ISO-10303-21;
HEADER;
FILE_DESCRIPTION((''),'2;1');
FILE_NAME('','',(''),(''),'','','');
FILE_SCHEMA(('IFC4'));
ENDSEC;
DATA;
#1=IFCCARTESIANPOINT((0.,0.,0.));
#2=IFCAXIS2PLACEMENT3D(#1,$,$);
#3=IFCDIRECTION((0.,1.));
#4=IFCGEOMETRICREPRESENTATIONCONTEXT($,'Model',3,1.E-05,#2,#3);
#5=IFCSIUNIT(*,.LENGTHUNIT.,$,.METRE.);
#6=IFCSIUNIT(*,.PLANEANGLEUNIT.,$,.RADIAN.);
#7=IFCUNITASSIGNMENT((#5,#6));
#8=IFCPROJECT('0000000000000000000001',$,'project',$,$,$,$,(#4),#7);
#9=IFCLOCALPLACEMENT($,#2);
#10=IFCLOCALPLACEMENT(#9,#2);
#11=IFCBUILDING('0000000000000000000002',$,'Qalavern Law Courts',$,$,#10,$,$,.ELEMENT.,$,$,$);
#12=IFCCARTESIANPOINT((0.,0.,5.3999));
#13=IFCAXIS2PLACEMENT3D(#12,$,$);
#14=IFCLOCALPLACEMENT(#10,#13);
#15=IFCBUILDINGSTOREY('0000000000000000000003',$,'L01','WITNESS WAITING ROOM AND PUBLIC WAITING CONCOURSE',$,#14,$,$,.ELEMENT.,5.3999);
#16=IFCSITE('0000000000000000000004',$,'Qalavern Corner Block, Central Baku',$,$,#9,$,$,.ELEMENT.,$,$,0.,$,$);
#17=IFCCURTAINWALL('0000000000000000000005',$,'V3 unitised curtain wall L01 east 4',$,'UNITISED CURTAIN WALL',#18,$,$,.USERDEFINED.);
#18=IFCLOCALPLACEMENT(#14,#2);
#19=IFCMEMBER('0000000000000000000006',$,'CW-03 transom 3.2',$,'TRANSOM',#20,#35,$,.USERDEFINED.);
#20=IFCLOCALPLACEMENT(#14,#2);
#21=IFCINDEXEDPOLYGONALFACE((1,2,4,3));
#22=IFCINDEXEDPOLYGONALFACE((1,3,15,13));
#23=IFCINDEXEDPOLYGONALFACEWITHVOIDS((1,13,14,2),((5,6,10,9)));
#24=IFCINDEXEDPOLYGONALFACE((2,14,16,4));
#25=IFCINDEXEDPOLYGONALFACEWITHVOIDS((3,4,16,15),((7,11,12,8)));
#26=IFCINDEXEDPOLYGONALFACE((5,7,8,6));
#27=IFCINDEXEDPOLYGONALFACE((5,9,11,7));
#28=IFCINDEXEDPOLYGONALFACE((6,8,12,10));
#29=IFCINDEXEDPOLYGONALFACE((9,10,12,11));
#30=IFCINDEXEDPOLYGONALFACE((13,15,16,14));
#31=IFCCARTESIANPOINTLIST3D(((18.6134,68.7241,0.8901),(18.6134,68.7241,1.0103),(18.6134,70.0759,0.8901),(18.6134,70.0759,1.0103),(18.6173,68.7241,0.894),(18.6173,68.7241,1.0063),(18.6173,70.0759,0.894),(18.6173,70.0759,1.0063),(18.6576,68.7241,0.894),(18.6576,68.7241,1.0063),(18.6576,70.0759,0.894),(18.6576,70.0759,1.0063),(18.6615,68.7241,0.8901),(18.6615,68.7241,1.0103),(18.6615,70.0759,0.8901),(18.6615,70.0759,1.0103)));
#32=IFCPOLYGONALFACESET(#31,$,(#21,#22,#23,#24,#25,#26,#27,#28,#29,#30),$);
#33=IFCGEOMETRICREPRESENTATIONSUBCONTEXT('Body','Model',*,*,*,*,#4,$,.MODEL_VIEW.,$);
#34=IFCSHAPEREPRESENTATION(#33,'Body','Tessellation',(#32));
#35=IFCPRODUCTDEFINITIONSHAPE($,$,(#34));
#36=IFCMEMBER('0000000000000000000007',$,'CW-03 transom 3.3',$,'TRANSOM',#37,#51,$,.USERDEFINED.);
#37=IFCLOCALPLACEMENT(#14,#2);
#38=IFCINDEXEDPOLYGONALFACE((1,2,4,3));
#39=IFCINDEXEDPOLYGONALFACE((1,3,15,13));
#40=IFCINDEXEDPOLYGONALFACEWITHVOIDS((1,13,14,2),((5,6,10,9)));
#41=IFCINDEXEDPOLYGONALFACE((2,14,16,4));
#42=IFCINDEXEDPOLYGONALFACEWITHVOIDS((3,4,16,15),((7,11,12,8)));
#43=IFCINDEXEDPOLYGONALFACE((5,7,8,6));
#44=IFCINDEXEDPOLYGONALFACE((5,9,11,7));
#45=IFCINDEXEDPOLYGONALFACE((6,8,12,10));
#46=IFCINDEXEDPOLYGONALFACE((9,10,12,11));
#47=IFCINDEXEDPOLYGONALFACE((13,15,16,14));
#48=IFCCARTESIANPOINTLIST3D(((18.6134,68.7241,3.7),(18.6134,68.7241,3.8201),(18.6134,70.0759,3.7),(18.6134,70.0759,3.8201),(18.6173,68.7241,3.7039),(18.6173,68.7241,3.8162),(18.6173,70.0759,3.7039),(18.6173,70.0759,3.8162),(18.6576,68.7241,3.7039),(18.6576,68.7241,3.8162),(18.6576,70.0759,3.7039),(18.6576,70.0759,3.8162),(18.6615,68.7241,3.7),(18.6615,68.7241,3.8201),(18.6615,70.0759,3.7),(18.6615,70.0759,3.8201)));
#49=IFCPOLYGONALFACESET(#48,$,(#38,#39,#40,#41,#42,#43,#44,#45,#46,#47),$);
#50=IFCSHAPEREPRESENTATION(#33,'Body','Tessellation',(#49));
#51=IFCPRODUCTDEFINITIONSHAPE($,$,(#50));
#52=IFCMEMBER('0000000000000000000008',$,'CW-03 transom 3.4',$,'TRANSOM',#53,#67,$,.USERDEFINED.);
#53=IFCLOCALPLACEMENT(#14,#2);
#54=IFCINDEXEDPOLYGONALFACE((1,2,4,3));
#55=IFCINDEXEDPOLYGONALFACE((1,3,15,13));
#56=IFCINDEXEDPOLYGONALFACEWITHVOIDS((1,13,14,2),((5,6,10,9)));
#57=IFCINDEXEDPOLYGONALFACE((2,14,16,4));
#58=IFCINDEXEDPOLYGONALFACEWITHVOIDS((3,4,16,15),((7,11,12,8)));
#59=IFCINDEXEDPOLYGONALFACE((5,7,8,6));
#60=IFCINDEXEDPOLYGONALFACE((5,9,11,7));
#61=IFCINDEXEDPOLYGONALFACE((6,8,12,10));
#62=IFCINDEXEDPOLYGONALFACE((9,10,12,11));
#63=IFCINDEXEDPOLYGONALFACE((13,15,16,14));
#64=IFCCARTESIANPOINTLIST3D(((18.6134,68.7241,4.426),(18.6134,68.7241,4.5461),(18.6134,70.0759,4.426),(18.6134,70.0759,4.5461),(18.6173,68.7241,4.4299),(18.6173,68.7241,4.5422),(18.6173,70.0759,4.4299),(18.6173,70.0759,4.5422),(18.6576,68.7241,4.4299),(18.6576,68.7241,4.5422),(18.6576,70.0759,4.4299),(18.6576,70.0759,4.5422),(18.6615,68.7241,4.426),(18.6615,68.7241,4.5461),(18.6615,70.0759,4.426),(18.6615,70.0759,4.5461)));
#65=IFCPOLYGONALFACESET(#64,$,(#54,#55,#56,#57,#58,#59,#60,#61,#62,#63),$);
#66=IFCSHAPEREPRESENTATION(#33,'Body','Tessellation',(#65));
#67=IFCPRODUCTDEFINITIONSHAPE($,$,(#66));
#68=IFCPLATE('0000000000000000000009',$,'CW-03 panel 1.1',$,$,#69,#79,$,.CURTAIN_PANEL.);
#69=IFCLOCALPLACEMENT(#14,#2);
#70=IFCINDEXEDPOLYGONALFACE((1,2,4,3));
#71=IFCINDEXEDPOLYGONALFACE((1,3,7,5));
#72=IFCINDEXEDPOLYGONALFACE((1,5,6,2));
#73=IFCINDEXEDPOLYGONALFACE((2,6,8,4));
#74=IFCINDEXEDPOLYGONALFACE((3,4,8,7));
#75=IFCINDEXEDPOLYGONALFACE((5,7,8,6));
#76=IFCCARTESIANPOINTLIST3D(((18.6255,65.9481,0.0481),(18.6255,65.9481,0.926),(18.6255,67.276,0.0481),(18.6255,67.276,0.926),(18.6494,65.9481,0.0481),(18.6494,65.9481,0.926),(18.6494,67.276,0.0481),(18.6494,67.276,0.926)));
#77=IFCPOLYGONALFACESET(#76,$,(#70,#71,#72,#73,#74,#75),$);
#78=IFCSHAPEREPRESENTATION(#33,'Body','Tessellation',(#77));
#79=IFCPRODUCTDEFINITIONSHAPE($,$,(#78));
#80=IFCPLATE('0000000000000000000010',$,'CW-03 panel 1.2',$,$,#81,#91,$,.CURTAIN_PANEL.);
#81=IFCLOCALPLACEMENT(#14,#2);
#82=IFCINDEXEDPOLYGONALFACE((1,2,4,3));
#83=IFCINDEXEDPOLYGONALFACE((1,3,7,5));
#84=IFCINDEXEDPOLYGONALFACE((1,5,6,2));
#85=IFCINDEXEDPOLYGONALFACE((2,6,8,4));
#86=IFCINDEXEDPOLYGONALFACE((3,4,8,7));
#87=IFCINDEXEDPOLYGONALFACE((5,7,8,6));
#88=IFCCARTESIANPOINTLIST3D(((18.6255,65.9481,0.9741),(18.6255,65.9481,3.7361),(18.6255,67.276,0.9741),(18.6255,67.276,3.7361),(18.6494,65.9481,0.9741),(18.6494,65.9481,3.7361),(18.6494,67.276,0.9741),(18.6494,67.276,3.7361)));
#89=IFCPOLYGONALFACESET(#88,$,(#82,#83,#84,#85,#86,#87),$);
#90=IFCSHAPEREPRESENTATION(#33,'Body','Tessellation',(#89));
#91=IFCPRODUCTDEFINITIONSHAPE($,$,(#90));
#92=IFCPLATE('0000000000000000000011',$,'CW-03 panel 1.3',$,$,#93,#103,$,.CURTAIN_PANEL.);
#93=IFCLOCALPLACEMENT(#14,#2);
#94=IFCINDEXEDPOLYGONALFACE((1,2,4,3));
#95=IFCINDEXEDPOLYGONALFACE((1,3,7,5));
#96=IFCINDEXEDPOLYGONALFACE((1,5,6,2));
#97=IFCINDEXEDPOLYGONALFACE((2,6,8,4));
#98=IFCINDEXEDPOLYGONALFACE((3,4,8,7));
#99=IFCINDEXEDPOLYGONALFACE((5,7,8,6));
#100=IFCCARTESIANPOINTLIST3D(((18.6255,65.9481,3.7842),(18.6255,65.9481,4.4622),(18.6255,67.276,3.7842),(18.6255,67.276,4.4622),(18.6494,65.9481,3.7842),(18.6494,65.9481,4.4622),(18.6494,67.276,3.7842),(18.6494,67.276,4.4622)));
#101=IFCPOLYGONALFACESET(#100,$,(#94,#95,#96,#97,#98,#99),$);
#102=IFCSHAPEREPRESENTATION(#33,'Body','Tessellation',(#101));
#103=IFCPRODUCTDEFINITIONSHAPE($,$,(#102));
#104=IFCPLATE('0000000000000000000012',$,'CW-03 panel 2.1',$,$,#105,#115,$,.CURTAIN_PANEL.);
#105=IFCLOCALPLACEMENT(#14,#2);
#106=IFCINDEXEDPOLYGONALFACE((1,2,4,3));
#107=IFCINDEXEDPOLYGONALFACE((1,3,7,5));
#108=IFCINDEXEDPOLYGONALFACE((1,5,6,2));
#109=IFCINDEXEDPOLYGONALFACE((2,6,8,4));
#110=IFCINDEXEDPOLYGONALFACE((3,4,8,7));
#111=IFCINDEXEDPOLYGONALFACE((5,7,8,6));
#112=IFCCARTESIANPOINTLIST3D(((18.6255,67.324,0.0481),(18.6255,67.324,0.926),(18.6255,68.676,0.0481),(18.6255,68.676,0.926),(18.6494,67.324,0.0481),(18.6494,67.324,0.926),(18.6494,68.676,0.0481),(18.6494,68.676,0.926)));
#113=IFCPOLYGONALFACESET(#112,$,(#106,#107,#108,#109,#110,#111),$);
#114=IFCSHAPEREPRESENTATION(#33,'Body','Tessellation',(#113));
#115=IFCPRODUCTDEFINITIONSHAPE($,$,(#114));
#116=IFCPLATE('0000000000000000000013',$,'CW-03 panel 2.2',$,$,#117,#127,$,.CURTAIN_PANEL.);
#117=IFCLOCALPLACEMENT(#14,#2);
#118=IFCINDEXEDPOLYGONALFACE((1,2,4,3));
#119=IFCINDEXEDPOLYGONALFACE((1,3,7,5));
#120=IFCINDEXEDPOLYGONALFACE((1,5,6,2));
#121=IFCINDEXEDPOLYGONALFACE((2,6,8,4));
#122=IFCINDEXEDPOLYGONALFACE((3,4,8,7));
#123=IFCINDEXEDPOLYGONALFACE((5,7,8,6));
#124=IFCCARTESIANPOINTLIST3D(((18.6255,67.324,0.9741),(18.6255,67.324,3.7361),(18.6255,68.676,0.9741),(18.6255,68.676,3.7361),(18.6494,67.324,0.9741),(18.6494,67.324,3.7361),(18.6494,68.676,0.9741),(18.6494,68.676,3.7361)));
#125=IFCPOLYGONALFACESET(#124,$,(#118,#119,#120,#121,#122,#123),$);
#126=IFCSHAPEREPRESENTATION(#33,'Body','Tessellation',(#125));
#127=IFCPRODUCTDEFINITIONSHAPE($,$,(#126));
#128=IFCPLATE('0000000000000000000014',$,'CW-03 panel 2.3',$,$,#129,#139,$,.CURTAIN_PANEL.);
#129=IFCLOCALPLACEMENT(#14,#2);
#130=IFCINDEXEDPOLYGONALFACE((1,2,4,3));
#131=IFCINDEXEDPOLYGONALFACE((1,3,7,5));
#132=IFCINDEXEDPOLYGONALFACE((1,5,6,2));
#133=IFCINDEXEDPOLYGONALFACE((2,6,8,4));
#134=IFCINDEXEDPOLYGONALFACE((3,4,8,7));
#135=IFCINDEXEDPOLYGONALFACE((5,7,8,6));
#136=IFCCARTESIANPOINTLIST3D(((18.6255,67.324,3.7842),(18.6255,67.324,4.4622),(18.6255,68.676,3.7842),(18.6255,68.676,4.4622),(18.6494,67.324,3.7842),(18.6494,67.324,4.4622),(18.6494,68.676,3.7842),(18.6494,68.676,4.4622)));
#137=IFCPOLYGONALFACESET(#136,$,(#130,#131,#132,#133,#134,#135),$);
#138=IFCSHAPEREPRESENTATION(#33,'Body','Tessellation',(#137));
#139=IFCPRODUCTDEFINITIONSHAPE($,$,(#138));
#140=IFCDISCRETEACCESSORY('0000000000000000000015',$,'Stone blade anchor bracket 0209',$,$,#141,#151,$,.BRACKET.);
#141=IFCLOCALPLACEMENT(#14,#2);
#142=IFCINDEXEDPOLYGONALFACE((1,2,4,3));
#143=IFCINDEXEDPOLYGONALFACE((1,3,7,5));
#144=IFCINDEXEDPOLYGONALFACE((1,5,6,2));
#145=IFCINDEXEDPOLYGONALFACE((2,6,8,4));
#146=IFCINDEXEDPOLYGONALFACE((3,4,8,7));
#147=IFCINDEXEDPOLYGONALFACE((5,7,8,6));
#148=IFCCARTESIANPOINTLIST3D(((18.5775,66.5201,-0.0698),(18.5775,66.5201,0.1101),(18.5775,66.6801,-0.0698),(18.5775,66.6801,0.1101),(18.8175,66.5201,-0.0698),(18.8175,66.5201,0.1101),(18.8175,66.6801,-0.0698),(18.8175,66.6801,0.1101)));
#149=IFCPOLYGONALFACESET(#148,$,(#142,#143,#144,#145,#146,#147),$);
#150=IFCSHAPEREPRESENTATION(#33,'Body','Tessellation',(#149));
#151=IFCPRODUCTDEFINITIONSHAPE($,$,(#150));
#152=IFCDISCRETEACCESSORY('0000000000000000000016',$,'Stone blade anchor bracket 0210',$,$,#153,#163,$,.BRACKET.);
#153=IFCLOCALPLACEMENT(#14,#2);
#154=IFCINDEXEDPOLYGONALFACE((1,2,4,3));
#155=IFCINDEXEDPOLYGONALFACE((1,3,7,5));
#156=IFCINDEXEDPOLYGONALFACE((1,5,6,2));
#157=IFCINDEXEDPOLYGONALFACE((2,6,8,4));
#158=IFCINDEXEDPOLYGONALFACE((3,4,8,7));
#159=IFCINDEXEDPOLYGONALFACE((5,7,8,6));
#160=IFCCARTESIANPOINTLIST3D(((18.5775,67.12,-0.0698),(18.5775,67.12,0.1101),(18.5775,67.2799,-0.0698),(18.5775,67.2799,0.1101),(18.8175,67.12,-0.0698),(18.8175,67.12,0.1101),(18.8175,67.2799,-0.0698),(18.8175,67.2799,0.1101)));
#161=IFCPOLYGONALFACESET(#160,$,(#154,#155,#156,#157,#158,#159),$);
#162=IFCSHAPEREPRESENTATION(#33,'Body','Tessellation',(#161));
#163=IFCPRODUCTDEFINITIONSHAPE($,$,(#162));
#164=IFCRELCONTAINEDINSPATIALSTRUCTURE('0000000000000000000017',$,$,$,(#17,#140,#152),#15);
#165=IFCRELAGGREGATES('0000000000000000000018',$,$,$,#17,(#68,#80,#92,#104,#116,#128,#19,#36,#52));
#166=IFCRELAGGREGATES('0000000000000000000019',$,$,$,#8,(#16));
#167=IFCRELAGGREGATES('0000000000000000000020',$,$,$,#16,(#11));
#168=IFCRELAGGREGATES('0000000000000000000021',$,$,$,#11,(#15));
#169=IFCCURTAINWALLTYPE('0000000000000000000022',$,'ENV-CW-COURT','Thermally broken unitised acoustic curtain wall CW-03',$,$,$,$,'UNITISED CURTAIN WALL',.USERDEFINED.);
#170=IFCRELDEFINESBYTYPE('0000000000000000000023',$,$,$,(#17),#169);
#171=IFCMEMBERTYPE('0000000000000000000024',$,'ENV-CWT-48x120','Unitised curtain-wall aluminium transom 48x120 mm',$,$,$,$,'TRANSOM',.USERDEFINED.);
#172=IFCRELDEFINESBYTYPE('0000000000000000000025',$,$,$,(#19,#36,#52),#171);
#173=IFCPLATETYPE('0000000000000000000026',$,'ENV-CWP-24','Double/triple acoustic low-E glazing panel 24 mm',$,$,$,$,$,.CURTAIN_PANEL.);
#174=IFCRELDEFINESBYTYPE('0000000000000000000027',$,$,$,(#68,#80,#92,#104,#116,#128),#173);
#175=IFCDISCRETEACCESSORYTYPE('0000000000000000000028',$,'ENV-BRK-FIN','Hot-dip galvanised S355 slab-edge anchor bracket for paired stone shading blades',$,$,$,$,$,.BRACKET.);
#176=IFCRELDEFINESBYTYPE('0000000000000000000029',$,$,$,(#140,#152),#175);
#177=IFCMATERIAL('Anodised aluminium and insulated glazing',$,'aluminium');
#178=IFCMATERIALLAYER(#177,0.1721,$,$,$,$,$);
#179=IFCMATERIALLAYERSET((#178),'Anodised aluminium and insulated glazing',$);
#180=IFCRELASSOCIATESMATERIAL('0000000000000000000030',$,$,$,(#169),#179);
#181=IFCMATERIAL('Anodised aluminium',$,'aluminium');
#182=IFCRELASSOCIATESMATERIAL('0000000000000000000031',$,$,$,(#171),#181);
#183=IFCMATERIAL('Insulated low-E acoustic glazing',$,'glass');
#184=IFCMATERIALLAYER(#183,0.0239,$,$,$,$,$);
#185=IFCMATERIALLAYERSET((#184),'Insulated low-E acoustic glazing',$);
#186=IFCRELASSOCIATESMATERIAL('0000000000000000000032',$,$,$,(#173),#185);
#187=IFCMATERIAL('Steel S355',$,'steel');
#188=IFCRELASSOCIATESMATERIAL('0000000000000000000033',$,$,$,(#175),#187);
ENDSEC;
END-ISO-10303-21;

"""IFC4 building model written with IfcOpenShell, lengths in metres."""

from ifc_helpers import new_model, si_unit, direction, frame, origin, origin_2d, place, context, subcontext, project, spatial, rectangle, hollow_rectangle, extrude, material, layer, layer_set, material_profile, profile_set, type_object, element, aggregate, save


model = new_model("IFC4")

# Units and contexts
model_context = context("Model", 3, precision=1e-05, world=origin(), true_north=direction((0.0, 1.0)))
body_context = subcontext(model_context, "Body", "Model", "MODEL_VIEW")
ifc_project = project(units=[si_unit("LENGTHUNIT", "METRE"), si_unit("PLANEANGLEUNIT", "RADIAN")], contexts=[model_context])

# Site, building, storey
site_placement = place(None, origin())
site = spatial("IfcSite", under=ifc_project, at=site_placement, Name="Qalavern Corner Block, Central Baku", CompositionType="ELEMENT", RefElevation=0.0)
building_placement = place(site_placement, origin())
building = spatial("IfcBuilding", under=site, at=building_placement, Name="Qalavern Law Courts", CompositionType="ELEMENT")
storey_placement = place(building_placement, frame((0.0, 0.0, 5.3999)))
storey = spatial("IfcBuildingStorey", under=building, at=storey_placement, Name="L01", Description="WITNESS WAITING ROOM AND PUBLIC WAITING CONCOURSE", CompositionType="ELEMENT", Elevation=5.3999)

# Curtain wall, members, plates
ifc_material_1 = material(Name="Anodised aluminium and insulated glazing", Category="aluminium")
ifc_layer_1 = layer(ifc_material_1, 0.1721)
ifc_layer_set_1 = layer_set([ifc_layer_1], Name="Anodised aluminium and insulated glazing")
curtain_wall_type = type_object("IfcCurtainWallType", Name="ENV-CW-COURT", Description="Thermally broken unitised acoustic curtain wall CW-03", ElementType="UNITISED CURTAIN WALL", PredefinedType="USERDEFINED", material=ifc_layer_set_1)
curtain_wall_placement = place(storey_placement, origin())
curtain_wall = element("IfcCurtainWall", 1, at=curtain_wall_placement, inside=storey, type_object=curtain_wall_type, Name="V3 unitised curtain wall L01 east 4", ObjectType="UNITISED CURTAIN WALL", PredefinedType="USERDEFINED")
ifc_material_2 = material(Name="Anodised aluminium", Category="aluminium")
ifc_material_profile_1 = material_profile(ifc_material_2, hollow_rectangle(XDim=0.0481, YDim=0.1201, WallThickness=0.0039, at=origin_2d()), Name="ALU TRANSOM 48x120")
ifc_profile_set_1 = profile_set([ifc_material_profile_1], Name="Anodised aluminium")
member_type_1 = type_object("IfcMemberType", Name="ENV-CWT-48x120", Description="Unitised curtain-wall aluminium transom 48x120 mm", ElementType="TRANSOM", PredefinedType="USERDEFINED", material=ifc_profile_set_1)
member_1_placement = place(storey_placement, frame((18.6375, 68.7241, 0.9502), z_axis=(0.0, 1.0, 0.0), x_axis=(-1.0, 0.0, 0.0)))
member_1 = element("IfcMember", 2, at=member_1_placement, type_object=member_type_1, Name="CW-03 transom 3.2", ObjectType="TRANSOM", PredefinedType="USERDEFINED", context=body_context, shape_type="SweptSolid", body=[
    extrude(hollow_rectangle(XDim=0.0481, YDim=0.1201, WallThickness=0.0039, at=origin_2d()), origin(), (0.0, 0.0, 1.0), 1.3518),
])
member_2_placement = place(storey_placement, frame((18.6375, 68.7241, 3.76), z_axis=(0.0, 1.0, 0.0), x_axis=(-1.0, 0.0, 0.0)))
member_2 = element("IfcMember", 3, at=member_2_placement, type_object=member_type_1, Name="CW-03 transom 3.3", ObjectType="TRANSOM", PredefinedType="USERDEFINED", context=body_context, shape_type="SweptSolid", body=[
    extrude(hollow_rectangle(XDim=0.0481, YDim=0.1201, WallThickness=0.0039, at=origin_2d()), origin(), (0.0, 0.0, 1.0), 1.3518),
])
member_3_placement = place(storey_placement, frame((18.6375, 68.7241, 4.4861), z_axis=(0.0, 1.0, 0.0), x_axis=(-1.0, 0.0, 0.0)))
member_3 = element("IfcMember", 4, at=member_3_placement, type_object=member_type_1, Name="CW-03 transom 3.4", ObjectType="TRANSOM", PredefinedType="USERDEFINED", context=body_context, shape_type="SweptSolid", body=[
    extrude(hollow_rectangle(XDim=0.0481, YDim=0.1201, WallThickness=0.0039, at=origin_2d()), origin(), (0.0, 0.0, 1.0), 1.3518),
])
ifc_material_3 = material(Name="Insulated low-E acoustic glazing", Category="glass")
ifc_layer_2 = layer(ifc_material_3, 0.0239)
ifc_layer_set_2 = layer_set([ifc_layer_2], Name="Insulated low-E acoustic glazing")
plate_type = type_object("IfcPlateType", Name="ENV-CWP-24", Description="Double/triple acoustic low-E glazing panel 24 mm", PredefinedType="CURTAIN_PANEL", material=ifc_layer_set_2)
plate_1_placement = place(storey_placement, frame((18.6375, 66.6121, 0.0481), z_axis=(0.0, 0.0, 1.0), x_axis=(0.0, 1.0, 0.0)))
plate_1 = element("IfcPlate", 5, at=plate_1_placement, type_object=plate_type, Name="CW-03 panel 1.1", PredefinedType="CURTAIN_PANEL", context=body_context, shape_type="SweptSolid", body=[
    extrude(rectangle(XDim=1.3279, YDim=0.0239, at=origin_2d()), origin(), (0.0, 0.0, 1.0), 0.8779),
])
plate_2_placement = place(storey_placement, frame((18.6375, 66.6121, 0.9741), z_axis=(0.0, 0.0, 1.0), x_axis=(0.0, 1.0, 0.0)))
plate_2 = element("IfcPlate", 6, at=plate_2_placement, type_object=plate_type, Name="CW-03 panel 1.2", PredefinedType="CURTAIN_PANEL", context=body_context, shape_type="SweptSolid", body=[
    extrude(rectangle(XDim=1.3279, YDim=0.0239, at=origin_2d()), origin(), (0.0, 0.0, 1.0), 2.762),
])
plate_3_placement = place(storey_placement, frame((18.6375, 66.6121, 3.7842), z_axis=(0.0, 0.0, 1.0), x_axis=(0.0, 1.0, 0.0)))
plate_3 = element("IfcPlate", 7, at=plate_3_placement, type_object=plate_type, Name="CW-03 panel 1.3", PredefinedType="CURTAIN_PANEL", context=body_context, shape_type="SweptSolid", body=[
    extrude(rectangle(XDim=1.3279, YDim=0.0239, at=origin_2d()), origin(), (0.0, 0.0, 1.0), 0.678),
])
plate_4_placement = place(storey_placement, frame((18.6375, 68.0, 0.0481), z_axis=(0.0, 0.0, 1.0), x_axis=(0.0, 1.0, 0.0)))
plate_4 = element("IfcPlate", 8, at=plate_4_placement, type_object=plate_type, Name="CW-03 panel 2.1", PredefinedType="CURTAIN_PANEL", context=body_context, shape_type="SweptSolid", body=[
    extrude(rectangle(XDim=1.3521, YDim=0.0239, at=origin_2d()), origin(), (0.0, 0.0, 1.0), 0.8779),
])
plate_5_placement = place(storey_placement, frame((18.6375, 68.0, 0.9741), z_axis=(0.0, 0.0, 1.0), x_axis=(0.0, 1.0, 0.0)))
plate_5 = element("IfcPlate", 9, at=plate_5_placement, type_object=plate_type, Name="CW-03 panel 2.2", PredefinedType="CURTAIN_PANEL", context=body_context, shape_type="SweptSolid", body=[
    extrude(rectangle(XDim=1.3521, YDim=0.0239, at=origin_2d()), origin(), (0.0, 0.0, 1.0), 2.762),
])
plate_6_placement = place(storey_placement, frame((18.6375, 68.0, 3.7842), z_axis=(0.0, 0.0, 1.0), x_axis=(0.0, 1.0, 0.0)))
plate_6 = element("IfcPlate", 10, at=plate_6_placement, type_object=plate_type, Name="CW-03 panel 2.3", PredefinedType="CURTAIN_PANEL", context=body_context, shape_type="SweptSolid", body=[
    extrude(rectangle(XDim=1.3521, YDim=0.0239, at=origin_2d()), origin(), (0.0, 0.0, 1.0), 0.678),
])
aggregate(curtain_wall, [plate_1, plate_2, plate_3, plate_4, plate_5, plate_6, member_1, member_2, member_3])

# Discrete accessories
ifc_material_4 = material(Name="Steel S355", Category="steel")
discrete_accessory_type = type_object("IfcDiscreteAccessoryType", Name="ENV-BRK-FIN", Description="Hot-dip galvanised S355 slab-edge anchor bracket for paired stone shading blades", PredefinedType="BRACKET", material=ifc_material_4)
for number, where, z_axis, x_axis, name in (
    (11, (18.6975, 66.6001, -0.0698), (0.0, 0.0, 1.0), (1.0, 0.0, 0.0), "Stone blade anchor bracket 0209"),
    (12, (18.6975, 67.2, -0.0698), (0.0, 0.0, 1.0), (1.0, 0.0, 0.0), "Stone blade anchor bracket 0210"),
):
    element("IfcDiscreteAccessory", number, at=place(storey_placement, frame(where, z_axis=z_axis, x_axis=x_axis)), inside=storey, type_object=discrete_accessory_type, Name=name, PredefinedType="BRACKET", context=body_context, shape_type="SweptSolid", body=[
        extrude(rectangle(XDim=0.24, YDim=0.1599, at=origin_2d()), origin(), (0.0, 0.0, 1.0), 0.1799),
    ])

save(model, "model.ifc")
